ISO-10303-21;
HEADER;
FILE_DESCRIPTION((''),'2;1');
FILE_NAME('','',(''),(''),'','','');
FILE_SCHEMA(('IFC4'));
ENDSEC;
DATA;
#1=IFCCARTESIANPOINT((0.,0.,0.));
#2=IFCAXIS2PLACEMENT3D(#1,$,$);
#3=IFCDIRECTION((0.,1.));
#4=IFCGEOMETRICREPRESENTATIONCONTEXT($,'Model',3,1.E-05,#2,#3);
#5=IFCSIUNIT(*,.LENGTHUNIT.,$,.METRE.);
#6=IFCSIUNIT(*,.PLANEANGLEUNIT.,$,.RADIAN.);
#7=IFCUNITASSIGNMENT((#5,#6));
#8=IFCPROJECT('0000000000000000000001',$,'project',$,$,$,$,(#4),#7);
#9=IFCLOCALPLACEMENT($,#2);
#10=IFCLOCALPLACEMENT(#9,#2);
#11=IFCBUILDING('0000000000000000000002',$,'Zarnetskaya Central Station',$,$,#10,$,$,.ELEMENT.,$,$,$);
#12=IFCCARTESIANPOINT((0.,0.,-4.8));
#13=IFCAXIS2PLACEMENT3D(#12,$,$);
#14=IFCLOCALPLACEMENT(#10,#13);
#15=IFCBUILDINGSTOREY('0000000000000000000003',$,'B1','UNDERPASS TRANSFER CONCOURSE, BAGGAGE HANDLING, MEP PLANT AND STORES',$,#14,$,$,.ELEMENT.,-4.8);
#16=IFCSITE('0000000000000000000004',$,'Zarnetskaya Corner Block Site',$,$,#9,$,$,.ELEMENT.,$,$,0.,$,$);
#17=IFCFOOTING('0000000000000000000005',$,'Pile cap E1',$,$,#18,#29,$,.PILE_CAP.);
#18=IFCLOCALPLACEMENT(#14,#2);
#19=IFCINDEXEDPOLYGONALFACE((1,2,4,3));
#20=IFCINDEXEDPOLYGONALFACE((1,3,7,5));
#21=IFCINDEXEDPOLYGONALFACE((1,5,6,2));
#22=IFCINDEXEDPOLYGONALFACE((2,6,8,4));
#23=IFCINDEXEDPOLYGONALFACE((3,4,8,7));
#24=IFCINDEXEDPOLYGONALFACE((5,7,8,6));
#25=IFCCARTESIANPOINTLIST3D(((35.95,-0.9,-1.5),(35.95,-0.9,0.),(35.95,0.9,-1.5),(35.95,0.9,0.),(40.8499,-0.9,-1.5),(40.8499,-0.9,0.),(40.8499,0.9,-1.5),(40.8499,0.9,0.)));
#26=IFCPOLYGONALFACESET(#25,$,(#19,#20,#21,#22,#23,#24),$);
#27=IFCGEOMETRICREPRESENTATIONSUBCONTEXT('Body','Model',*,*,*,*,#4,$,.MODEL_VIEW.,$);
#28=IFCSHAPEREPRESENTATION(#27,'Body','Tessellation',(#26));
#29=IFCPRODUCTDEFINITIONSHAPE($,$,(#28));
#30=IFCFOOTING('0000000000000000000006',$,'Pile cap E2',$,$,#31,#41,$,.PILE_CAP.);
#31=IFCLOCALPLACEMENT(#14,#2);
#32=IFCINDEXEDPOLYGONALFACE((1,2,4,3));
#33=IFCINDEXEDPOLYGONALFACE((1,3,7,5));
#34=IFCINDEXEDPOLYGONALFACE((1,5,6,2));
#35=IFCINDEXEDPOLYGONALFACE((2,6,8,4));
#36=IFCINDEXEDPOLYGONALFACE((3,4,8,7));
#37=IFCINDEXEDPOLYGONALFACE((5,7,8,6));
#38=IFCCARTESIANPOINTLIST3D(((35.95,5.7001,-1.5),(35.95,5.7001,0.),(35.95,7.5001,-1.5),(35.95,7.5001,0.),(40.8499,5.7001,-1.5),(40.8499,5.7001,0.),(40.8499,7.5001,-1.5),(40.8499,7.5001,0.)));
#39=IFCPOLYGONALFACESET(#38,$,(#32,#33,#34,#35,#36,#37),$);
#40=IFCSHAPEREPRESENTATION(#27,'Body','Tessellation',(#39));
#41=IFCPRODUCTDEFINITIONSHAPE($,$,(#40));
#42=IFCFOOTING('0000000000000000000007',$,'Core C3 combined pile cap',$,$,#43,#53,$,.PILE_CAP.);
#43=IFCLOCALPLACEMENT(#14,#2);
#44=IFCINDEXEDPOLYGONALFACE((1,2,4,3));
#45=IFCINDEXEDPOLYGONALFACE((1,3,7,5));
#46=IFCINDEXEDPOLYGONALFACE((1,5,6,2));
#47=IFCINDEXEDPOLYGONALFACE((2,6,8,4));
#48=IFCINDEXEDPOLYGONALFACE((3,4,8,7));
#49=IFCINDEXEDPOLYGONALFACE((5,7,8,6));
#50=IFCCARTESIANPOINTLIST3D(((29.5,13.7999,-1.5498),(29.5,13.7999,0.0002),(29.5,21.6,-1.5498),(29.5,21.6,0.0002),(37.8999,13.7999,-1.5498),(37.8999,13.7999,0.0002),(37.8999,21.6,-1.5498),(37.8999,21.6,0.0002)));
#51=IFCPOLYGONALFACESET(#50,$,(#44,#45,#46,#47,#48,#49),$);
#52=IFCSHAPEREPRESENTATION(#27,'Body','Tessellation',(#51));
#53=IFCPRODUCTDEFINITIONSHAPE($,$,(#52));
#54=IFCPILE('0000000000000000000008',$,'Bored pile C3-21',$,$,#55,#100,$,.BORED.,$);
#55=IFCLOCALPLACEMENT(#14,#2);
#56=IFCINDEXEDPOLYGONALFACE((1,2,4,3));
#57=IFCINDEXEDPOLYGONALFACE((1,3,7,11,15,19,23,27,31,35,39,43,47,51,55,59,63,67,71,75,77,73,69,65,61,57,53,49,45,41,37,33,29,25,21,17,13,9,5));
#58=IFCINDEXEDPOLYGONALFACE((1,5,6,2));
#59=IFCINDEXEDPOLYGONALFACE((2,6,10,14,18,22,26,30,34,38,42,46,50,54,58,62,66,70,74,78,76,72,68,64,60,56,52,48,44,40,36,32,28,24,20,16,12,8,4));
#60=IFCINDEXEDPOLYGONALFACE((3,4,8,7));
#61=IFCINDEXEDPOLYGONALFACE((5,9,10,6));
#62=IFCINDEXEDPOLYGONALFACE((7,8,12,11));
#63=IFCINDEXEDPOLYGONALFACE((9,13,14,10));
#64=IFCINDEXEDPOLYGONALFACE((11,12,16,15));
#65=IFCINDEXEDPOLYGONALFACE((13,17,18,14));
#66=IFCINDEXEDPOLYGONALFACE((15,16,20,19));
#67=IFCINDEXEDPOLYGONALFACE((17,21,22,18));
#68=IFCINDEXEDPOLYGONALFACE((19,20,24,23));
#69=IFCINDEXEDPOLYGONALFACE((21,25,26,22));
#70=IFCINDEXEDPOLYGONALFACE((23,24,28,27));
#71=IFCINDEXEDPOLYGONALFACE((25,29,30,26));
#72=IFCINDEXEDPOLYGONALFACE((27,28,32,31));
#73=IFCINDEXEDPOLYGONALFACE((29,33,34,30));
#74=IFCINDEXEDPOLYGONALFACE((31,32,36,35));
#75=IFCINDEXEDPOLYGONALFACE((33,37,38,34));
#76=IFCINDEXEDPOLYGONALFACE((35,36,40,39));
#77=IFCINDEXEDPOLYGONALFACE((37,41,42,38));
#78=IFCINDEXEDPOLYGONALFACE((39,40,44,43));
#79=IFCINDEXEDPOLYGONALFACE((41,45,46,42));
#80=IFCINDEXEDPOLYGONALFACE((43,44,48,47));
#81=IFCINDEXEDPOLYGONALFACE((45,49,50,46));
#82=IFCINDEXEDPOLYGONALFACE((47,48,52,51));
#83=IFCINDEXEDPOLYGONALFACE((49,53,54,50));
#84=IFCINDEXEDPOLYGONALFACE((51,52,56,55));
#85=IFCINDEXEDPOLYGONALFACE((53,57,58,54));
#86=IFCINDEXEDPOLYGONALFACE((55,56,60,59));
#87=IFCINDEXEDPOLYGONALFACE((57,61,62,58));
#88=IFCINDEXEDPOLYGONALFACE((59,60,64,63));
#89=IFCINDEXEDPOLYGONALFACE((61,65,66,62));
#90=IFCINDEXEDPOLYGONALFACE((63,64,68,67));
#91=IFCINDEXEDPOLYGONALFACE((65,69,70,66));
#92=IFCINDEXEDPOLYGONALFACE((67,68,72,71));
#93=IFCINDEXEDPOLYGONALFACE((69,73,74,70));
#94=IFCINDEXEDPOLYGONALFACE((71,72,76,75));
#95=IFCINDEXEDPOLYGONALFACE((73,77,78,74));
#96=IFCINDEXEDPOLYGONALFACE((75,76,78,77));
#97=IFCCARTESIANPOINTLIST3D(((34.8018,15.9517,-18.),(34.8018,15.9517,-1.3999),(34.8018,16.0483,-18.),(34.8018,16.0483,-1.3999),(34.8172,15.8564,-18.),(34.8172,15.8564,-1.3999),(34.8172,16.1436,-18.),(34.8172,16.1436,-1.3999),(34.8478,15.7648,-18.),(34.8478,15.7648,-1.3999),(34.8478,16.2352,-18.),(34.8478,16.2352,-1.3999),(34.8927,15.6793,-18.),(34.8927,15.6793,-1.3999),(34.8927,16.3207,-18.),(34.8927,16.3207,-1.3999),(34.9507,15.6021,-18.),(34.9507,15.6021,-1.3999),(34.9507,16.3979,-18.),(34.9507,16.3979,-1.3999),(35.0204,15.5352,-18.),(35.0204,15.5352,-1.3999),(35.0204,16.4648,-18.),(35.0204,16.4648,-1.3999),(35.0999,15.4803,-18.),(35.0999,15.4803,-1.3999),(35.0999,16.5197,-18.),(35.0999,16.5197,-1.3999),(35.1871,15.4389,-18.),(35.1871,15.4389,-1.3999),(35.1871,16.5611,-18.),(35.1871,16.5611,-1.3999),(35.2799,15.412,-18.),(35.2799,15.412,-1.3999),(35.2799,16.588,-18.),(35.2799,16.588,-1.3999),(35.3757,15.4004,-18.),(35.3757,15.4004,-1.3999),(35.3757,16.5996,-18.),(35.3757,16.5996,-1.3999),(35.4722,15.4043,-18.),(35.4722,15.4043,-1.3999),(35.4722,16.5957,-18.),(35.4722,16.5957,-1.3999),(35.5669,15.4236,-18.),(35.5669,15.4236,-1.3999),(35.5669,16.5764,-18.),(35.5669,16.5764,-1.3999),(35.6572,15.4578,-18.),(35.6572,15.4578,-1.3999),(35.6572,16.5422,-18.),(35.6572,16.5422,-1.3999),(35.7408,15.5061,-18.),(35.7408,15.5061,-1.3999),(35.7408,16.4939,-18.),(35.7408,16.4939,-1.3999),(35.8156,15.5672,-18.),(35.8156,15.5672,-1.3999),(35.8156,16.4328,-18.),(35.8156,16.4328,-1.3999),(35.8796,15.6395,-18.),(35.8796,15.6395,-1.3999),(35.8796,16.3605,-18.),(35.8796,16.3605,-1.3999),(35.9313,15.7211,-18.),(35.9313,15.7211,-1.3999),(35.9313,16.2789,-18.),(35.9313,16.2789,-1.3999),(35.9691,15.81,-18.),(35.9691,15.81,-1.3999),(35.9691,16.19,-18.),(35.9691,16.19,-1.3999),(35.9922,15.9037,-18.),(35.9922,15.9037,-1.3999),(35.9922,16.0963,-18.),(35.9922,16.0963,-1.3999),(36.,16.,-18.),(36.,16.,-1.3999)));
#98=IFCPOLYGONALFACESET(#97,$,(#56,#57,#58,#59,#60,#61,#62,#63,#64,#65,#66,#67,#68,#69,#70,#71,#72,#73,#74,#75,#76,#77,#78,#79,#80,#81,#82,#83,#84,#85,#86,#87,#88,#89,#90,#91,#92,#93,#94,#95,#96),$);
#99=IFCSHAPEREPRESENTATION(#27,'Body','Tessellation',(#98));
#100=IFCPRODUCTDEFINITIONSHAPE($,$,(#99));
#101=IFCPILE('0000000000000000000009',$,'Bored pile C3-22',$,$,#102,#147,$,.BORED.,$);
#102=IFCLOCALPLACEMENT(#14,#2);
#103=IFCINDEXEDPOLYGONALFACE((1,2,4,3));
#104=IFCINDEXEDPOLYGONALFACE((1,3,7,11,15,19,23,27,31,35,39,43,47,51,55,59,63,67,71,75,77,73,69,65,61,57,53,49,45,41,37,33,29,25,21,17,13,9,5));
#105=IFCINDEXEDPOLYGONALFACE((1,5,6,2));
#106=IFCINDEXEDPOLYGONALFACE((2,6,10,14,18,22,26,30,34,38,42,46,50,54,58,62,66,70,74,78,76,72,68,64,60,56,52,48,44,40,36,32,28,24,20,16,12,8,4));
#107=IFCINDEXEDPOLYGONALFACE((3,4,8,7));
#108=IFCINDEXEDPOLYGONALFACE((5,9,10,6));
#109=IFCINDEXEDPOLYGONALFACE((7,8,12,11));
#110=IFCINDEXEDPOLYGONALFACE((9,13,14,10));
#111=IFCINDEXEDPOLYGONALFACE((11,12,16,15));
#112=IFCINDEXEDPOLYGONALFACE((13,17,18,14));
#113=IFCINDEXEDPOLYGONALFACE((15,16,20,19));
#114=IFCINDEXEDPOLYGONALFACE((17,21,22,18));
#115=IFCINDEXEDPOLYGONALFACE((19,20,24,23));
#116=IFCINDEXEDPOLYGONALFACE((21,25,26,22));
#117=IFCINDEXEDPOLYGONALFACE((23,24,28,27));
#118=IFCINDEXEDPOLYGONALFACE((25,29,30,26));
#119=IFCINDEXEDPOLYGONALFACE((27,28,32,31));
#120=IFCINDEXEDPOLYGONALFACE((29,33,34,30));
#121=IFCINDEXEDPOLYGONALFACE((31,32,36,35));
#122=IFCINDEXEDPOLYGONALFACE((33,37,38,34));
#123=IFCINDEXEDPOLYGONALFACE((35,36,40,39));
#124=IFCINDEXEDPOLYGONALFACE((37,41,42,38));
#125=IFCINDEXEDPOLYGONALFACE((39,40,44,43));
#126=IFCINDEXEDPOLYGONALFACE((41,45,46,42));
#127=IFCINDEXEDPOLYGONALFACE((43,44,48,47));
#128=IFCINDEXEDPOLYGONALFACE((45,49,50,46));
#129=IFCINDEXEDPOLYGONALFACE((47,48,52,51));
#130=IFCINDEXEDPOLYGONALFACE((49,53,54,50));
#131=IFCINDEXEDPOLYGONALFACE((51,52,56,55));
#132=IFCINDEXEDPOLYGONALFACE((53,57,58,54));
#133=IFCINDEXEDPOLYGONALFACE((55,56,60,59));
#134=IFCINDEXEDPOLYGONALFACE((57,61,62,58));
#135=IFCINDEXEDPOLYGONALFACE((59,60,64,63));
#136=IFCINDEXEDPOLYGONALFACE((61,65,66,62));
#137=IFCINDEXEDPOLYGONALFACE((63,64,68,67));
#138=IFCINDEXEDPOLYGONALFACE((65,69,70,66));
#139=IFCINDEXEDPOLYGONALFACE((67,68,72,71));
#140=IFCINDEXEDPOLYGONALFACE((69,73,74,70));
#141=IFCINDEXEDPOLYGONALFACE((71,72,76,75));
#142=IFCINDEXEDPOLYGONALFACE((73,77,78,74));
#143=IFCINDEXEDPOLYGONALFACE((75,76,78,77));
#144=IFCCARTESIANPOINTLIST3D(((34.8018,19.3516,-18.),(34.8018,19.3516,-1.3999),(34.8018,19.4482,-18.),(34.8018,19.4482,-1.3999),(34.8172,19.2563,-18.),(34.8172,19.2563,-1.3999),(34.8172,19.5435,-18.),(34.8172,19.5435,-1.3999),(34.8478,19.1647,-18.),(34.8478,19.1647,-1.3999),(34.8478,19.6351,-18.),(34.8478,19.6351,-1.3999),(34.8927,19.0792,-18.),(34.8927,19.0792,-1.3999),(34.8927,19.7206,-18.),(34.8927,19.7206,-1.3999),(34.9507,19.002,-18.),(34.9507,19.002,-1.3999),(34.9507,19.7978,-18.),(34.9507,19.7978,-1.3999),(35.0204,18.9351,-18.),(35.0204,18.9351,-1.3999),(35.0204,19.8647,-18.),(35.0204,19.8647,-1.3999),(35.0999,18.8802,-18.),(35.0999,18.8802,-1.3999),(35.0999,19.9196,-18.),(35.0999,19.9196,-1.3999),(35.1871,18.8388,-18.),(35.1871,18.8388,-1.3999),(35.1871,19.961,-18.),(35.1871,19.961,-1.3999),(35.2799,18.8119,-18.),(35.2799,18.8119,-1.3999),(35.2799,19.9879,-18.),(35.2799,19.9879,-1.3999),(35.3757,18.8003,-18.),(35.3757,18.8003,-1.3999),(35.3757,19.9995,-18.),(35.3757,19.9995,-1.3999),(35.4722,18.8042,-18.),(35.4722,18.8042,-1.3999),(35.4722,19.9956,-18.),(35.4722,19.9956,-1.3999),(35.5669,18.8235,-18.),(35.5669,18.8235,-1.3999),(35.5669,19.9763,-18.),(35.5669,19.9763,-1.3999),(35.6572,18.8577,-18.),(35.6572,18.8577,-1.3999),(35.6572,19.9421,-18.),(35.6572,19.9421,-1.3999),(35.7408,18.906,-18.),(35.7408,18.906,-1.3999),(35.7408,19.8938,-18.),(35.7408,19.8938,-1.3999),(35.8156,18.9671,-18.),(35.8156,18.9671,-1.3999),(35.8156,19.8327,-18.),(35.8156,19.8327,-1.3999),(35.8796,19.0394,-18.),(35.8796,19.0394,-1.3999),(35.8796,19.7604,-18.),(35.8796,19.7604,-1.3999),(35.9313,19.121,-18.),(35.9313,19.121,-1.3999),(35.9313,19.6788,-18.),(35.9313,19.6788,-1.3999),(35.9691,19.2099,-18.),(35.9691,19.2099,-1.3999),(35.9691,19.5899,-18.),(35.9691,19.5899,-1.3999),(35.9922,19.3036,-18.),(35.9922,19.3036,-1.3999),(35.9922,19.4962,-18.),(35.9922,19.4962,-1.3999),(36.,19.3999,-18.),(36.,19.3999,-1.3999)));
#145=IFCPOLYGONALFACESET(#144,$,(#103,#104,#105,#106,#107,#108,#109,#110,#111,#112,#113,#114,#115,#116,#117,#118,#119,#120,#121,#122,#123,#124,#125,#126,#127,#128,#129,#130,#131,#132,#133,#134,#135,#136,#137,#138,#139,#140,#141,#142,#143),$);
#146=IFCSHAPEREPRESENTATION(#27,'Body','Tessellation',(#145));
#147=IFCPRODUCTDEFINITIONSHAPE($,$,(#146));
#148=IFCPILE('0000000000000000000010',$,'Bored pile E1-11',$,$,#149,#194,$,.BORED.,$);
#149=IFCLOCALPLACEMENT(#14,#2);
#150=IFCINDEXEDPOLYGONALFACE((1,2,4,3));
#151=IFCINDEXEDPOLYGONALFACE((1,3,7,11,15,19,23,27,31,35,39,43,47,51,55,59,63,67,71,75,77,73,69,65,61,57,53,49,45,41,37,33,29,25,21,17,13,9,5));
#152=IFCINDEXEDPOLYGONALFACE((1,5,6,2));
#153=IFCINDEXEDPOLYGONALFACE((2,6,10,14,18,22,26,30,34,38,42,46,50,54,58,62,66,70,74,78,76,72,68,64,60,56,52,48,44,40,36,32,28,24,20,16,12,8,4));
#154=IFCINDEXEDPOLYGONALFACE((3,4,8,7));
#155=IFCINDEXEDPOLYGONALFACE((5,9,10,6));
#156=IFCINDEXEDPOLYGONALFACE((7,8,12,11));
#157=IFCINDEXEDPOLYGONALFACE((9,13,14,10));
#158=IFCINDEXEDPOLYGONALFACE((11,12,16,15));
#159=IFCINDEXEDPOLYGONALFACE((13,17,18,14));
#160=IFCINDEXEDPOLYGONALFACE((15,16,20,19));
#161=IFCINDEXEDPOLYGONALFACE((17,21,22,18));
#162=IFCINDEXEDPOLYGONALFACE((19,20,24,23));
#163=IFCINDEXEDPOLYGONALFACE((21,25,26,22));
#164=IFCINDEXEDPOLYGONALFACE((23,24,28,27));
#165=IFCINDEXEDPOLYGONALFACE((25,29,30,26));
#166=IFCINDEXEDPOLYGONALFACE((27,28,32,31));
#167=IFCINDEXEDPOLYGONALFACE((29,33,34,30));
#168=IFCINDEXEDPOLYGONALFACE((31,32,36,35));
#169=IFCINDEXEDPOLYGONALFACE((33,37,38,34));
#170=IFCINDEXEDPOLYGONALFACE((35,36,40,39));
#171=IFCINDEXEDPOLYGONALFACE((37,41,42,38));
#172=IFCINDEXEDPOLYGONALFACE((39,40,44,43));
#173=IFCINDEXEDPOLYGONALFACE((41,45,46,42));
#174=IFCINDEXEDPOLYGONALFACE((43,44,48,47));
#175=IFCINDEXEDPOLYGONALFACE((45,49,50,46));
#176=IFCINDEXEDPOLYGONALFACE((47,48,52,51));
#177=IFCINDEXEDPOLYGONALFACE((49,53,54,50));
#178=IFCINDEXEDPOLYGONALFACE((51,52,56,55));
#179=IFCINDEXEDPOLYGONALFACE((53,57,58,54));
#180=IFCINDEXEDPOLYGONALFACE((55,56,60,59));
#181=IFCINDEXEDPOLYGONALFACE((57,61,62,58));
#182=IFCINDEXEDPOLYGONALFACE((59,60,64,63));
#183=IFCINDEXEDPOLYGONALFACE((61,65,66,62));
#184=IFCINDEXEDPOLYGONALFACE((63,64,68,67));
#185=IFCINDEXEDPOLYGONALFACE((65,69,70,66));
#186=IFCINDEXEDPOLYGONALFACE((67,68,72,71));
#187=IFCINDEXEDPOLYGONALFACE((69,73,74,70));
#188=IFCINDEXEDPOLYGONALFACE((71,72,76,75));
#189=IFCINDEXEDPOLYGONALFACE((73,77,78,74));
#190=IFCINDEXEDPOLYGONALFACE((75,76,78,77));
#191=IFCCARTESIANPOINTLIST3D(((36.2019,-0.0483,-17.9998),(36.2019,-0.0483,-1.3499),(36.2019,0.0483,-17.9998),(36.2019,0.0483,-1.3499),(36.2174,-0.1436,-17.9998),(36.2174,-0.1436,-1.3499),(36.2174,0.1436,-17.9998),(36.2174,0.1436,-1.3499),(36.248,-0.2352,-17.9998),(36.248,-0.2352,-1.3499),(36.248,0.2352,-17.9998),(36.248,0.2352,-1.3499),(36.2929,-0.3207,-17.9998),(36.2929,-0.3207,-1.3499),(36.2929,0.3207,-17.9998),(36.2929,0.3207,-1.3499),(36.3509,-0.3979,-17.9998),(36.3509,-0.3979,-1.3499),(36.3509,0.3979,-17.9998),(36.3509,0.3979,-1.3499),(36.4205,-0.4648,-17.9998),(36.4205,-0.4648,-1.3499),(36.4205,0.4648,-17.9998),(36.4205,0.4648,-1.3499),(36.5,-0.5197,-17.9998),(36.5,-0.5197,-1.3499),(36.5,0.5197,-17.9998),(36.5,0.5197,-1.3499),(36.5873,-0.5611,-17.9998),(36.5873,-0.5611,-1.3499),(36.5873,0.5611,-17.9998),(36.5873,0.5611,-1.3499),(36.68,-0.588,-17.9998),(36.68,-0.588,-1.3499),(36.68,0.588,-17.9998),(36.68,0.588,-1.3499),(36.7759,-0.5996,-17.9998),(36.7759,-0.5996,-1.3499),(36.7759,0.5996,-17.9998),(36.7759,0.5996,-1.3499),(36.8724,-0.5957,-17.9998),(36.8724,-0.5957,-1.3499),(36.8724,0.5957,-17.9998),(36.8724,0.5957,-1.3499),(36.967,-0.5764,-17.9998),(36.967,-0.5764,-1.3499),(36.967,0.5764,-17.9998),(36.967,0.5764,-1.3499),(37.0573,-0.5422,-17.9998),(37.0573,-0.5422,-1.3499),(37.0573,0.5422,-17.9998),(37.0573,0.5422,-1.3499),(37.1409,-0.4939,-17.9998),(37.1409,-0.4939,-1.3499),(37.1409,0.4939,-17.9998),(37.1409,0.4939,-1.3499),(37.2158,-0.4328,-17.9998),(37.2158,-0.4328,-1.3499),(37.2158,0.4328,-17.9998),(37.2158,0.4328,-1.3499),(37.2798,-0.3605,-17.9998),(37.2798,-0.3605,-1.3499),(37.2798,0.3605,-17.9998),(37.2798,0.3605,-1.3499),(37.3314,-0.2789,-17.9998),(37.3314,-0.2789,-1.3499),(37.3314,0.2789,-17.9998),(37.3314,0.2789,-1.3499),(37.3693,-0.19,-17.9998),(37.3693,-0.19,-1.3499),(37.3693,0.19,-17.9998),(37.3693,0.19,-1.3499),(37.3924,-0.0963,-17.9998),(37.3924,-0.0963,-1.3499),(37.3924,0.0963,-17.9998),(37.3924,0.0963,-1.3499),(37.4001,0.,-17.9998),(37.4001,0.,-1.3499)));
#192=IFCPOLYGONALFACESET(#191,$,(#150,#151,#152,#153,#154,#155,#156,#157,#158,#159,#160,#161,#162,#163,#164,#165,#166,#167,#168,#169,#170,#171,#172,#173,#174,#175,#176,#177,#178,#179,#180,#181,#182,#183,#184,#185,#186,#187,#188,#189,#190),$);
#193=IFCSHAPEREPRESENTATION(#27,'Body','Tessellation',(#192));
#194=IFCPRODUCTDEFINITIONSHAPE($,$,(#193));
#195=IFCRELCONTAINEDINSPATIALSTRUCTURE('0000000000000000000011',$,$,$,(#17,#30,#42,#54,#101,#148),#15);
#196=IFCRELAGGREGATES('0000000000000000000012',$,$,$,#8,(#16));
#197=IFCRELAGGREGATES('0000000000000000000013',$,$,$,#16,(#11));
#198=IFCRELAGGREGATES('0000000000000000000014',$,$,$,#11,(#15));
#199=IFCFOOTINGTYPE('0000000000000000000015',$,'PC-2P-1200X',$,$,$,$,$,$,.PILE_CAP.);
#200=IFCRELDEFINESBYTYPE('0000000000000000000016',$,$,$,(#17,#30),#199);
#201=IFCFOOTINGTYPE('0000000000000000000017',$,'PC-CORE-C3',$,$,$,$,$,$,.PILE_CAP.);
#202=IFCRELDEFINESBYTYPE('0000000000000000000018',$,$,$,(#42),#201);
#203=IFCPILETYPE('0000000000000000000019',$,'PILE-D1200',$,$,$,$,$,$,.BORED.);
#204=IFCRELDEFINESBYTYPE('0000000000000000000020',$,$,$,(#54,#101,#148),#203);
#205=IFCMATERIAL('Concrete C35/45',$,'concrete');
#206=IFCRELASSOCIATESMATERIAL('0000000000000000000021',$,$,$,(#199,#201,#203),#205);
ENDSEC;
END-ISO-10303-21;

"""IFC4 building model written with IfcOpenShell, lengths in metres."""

from ifc_helpers import new_model, si_unit, direction, frame, origin, origin_2d, place, context, subcontext, project, spatial, rectangle, circle, extrude, material, material_profile, profile_set, type_object, element, save


model = new_model("IFC4")

# Units and contexts
model_context = context("Model", 3, precision=1e-05, world=origin(), true_north=direction((0.0, 1.0)))
body_context = subcontext(model_context, "Body", "Model", "MODEL_VIEW")
ifc_project = project(units=[si_unit("LENGTHUNIT", "METRE"), si_unit("PLANEANGLEUNIT", "RADIAN")], contexts=[model_context])

# Site, building, storey
site_placement = place(None, origin())
site = spatial("IfcSite", under=ifc_project, at=site_placement, Name="Zarnetskaya Corner Block Site", CompositionType="ELEMENT", RefElevation=0.0)
building_placement = place(site_placement, origin())
building = spatial("IfcBuilding", under=site, at=building_placement, Name="Zarnetskaya Central Station", CompositionType="ELEMENT")
storey_placement = place(building_placement, frame((0.0, 0.0, -4.8)))
storey = spatial("IfcBuildingStorey", under=building, at=storey_placement, Name="B1", Description="UNDERPASS TRANSFER CONCOURSE, BAGGAGE HANDLING, MEP PLANT AND STORES", CompositionType="ELEMENT", Elevation=-4.8)

# Footings
ifc_material_1 = material(Name="Concrete C35/45", Category="concrete")
footing_type_1 = type_object("IfcFootingType", Name="PC-2P-1200X", PredefinedType="PILE_CAP", material=ifc_material_1)
for number, where, z_axis, x_axis, name in (
    (1, (38.3999, 0.0, -1.5), (0.0, 0.0, 1.0), (1.0, 0.0, 0.0), "Pile cap E1"),
    (2, (38.3999, 6.6001, -1.5), (0.0, 0.0, 1.0), (1.0, 0.0, 0.0), "Pile cap E2"),
):
    element("IfcFooting", number, at=place(storey_placement, frame(where, z_axis=z_axis, x_axis=x_axis)), inside=storey, type_object=footing_type_1, Name=name, PredefinedType="PILE_CAP", context=body_context, shape_type="SweptSolid", body=[
        extrude(rectangle(XDim=4.8999, YDim=1.8, at=origin_2d()), origin(), (0.0, 0.0, 1.0), 1.5),
    ])
footing_type_2 = type_object("IfcFootingType", Name="PC-CORE-C3", PredefinedType="PILE_CAP", material=ifc_material_1)
footing_placement = place(storey_placement, frame((33.7, 17.7, -1.5498), z_axis=(0.0, 0.0, 1.0), x_axis=(1.0, 0.0, 0.0)))
element("IfcFooting", 3, at=footing_placement, inside=storey, type_object=footing_type_2, Name="Core C3 combined pile cap", PredefinedType="PILE_CAP", context=body_context, shape_type="SweptSolid", body=[
    extrude(rectangle(XDim=8.3999, YDim=7.8, at=origin_2d()), origin(), (0.0, 0.0, 1.0), 1.55),
])

# Piles
ifc_material_profile_1 = material_profile(ifc_material_1, circle(Radius=0.6001, at=origin_2d()), Name="BORED PILE D1200")
ifc_profile_set_1 = profile_set([ifc_material_profile_1], Name="Concrete C35/45")
pile_type = type_object("IfcPileType", Name="PILE-D1200", PredefinedType="BORED", material=ifc_profile_set_1)
for number, where, z_axis, x_axis, name in (
    (4, (35.3999, 16.0, -1.3999), (0.0, 0.0, -1.0), (1.0, 0.0, 0.0), "Bored pile C3-21"),
    (5, (35.3999, 19.3999, -1.3999), (0.0, 0.0, -1.0), (1.0, 0.0, 0.0), "Bored pile C3-22"),
):
    element("IfcPile", number, at=place(storey_placement, frame(where, z_axis=z_axis, x_axis=x_axis)), inside=storey, type_object=pile_type, Name=name, PredefinedType="BORED", context=body_context, shape_type="SweptSolid", body=[
        extrude(circle(Radius=0.6001, at=origin_2d()), origin(), (0.0, 0.0, 1.0), 16.6001),
    ])
for number, where, z_axis, x_axis, name in (
    (6, (36.8, 0.0, -1.3499), (0.0, 0.0, -1.0), (1.0, 0.0, 0.0), "Bored pile E1-11"),
):
    element("IfcPile", number, at=place(storey_placement, frame(where, z_axis=z_axis, x_axis=x_axis)), inside=storey, type_object=pile_type, Name=name, PredefinedType="BORED", context=body_context, shape_type="SweptSolid", body=[
        extrude(circle(Radius=0.6001, at=origin_2d()), origin(), (0.0, 0.0, 1.0), 16.6499),
    ])

save(model, "model.ifc")
